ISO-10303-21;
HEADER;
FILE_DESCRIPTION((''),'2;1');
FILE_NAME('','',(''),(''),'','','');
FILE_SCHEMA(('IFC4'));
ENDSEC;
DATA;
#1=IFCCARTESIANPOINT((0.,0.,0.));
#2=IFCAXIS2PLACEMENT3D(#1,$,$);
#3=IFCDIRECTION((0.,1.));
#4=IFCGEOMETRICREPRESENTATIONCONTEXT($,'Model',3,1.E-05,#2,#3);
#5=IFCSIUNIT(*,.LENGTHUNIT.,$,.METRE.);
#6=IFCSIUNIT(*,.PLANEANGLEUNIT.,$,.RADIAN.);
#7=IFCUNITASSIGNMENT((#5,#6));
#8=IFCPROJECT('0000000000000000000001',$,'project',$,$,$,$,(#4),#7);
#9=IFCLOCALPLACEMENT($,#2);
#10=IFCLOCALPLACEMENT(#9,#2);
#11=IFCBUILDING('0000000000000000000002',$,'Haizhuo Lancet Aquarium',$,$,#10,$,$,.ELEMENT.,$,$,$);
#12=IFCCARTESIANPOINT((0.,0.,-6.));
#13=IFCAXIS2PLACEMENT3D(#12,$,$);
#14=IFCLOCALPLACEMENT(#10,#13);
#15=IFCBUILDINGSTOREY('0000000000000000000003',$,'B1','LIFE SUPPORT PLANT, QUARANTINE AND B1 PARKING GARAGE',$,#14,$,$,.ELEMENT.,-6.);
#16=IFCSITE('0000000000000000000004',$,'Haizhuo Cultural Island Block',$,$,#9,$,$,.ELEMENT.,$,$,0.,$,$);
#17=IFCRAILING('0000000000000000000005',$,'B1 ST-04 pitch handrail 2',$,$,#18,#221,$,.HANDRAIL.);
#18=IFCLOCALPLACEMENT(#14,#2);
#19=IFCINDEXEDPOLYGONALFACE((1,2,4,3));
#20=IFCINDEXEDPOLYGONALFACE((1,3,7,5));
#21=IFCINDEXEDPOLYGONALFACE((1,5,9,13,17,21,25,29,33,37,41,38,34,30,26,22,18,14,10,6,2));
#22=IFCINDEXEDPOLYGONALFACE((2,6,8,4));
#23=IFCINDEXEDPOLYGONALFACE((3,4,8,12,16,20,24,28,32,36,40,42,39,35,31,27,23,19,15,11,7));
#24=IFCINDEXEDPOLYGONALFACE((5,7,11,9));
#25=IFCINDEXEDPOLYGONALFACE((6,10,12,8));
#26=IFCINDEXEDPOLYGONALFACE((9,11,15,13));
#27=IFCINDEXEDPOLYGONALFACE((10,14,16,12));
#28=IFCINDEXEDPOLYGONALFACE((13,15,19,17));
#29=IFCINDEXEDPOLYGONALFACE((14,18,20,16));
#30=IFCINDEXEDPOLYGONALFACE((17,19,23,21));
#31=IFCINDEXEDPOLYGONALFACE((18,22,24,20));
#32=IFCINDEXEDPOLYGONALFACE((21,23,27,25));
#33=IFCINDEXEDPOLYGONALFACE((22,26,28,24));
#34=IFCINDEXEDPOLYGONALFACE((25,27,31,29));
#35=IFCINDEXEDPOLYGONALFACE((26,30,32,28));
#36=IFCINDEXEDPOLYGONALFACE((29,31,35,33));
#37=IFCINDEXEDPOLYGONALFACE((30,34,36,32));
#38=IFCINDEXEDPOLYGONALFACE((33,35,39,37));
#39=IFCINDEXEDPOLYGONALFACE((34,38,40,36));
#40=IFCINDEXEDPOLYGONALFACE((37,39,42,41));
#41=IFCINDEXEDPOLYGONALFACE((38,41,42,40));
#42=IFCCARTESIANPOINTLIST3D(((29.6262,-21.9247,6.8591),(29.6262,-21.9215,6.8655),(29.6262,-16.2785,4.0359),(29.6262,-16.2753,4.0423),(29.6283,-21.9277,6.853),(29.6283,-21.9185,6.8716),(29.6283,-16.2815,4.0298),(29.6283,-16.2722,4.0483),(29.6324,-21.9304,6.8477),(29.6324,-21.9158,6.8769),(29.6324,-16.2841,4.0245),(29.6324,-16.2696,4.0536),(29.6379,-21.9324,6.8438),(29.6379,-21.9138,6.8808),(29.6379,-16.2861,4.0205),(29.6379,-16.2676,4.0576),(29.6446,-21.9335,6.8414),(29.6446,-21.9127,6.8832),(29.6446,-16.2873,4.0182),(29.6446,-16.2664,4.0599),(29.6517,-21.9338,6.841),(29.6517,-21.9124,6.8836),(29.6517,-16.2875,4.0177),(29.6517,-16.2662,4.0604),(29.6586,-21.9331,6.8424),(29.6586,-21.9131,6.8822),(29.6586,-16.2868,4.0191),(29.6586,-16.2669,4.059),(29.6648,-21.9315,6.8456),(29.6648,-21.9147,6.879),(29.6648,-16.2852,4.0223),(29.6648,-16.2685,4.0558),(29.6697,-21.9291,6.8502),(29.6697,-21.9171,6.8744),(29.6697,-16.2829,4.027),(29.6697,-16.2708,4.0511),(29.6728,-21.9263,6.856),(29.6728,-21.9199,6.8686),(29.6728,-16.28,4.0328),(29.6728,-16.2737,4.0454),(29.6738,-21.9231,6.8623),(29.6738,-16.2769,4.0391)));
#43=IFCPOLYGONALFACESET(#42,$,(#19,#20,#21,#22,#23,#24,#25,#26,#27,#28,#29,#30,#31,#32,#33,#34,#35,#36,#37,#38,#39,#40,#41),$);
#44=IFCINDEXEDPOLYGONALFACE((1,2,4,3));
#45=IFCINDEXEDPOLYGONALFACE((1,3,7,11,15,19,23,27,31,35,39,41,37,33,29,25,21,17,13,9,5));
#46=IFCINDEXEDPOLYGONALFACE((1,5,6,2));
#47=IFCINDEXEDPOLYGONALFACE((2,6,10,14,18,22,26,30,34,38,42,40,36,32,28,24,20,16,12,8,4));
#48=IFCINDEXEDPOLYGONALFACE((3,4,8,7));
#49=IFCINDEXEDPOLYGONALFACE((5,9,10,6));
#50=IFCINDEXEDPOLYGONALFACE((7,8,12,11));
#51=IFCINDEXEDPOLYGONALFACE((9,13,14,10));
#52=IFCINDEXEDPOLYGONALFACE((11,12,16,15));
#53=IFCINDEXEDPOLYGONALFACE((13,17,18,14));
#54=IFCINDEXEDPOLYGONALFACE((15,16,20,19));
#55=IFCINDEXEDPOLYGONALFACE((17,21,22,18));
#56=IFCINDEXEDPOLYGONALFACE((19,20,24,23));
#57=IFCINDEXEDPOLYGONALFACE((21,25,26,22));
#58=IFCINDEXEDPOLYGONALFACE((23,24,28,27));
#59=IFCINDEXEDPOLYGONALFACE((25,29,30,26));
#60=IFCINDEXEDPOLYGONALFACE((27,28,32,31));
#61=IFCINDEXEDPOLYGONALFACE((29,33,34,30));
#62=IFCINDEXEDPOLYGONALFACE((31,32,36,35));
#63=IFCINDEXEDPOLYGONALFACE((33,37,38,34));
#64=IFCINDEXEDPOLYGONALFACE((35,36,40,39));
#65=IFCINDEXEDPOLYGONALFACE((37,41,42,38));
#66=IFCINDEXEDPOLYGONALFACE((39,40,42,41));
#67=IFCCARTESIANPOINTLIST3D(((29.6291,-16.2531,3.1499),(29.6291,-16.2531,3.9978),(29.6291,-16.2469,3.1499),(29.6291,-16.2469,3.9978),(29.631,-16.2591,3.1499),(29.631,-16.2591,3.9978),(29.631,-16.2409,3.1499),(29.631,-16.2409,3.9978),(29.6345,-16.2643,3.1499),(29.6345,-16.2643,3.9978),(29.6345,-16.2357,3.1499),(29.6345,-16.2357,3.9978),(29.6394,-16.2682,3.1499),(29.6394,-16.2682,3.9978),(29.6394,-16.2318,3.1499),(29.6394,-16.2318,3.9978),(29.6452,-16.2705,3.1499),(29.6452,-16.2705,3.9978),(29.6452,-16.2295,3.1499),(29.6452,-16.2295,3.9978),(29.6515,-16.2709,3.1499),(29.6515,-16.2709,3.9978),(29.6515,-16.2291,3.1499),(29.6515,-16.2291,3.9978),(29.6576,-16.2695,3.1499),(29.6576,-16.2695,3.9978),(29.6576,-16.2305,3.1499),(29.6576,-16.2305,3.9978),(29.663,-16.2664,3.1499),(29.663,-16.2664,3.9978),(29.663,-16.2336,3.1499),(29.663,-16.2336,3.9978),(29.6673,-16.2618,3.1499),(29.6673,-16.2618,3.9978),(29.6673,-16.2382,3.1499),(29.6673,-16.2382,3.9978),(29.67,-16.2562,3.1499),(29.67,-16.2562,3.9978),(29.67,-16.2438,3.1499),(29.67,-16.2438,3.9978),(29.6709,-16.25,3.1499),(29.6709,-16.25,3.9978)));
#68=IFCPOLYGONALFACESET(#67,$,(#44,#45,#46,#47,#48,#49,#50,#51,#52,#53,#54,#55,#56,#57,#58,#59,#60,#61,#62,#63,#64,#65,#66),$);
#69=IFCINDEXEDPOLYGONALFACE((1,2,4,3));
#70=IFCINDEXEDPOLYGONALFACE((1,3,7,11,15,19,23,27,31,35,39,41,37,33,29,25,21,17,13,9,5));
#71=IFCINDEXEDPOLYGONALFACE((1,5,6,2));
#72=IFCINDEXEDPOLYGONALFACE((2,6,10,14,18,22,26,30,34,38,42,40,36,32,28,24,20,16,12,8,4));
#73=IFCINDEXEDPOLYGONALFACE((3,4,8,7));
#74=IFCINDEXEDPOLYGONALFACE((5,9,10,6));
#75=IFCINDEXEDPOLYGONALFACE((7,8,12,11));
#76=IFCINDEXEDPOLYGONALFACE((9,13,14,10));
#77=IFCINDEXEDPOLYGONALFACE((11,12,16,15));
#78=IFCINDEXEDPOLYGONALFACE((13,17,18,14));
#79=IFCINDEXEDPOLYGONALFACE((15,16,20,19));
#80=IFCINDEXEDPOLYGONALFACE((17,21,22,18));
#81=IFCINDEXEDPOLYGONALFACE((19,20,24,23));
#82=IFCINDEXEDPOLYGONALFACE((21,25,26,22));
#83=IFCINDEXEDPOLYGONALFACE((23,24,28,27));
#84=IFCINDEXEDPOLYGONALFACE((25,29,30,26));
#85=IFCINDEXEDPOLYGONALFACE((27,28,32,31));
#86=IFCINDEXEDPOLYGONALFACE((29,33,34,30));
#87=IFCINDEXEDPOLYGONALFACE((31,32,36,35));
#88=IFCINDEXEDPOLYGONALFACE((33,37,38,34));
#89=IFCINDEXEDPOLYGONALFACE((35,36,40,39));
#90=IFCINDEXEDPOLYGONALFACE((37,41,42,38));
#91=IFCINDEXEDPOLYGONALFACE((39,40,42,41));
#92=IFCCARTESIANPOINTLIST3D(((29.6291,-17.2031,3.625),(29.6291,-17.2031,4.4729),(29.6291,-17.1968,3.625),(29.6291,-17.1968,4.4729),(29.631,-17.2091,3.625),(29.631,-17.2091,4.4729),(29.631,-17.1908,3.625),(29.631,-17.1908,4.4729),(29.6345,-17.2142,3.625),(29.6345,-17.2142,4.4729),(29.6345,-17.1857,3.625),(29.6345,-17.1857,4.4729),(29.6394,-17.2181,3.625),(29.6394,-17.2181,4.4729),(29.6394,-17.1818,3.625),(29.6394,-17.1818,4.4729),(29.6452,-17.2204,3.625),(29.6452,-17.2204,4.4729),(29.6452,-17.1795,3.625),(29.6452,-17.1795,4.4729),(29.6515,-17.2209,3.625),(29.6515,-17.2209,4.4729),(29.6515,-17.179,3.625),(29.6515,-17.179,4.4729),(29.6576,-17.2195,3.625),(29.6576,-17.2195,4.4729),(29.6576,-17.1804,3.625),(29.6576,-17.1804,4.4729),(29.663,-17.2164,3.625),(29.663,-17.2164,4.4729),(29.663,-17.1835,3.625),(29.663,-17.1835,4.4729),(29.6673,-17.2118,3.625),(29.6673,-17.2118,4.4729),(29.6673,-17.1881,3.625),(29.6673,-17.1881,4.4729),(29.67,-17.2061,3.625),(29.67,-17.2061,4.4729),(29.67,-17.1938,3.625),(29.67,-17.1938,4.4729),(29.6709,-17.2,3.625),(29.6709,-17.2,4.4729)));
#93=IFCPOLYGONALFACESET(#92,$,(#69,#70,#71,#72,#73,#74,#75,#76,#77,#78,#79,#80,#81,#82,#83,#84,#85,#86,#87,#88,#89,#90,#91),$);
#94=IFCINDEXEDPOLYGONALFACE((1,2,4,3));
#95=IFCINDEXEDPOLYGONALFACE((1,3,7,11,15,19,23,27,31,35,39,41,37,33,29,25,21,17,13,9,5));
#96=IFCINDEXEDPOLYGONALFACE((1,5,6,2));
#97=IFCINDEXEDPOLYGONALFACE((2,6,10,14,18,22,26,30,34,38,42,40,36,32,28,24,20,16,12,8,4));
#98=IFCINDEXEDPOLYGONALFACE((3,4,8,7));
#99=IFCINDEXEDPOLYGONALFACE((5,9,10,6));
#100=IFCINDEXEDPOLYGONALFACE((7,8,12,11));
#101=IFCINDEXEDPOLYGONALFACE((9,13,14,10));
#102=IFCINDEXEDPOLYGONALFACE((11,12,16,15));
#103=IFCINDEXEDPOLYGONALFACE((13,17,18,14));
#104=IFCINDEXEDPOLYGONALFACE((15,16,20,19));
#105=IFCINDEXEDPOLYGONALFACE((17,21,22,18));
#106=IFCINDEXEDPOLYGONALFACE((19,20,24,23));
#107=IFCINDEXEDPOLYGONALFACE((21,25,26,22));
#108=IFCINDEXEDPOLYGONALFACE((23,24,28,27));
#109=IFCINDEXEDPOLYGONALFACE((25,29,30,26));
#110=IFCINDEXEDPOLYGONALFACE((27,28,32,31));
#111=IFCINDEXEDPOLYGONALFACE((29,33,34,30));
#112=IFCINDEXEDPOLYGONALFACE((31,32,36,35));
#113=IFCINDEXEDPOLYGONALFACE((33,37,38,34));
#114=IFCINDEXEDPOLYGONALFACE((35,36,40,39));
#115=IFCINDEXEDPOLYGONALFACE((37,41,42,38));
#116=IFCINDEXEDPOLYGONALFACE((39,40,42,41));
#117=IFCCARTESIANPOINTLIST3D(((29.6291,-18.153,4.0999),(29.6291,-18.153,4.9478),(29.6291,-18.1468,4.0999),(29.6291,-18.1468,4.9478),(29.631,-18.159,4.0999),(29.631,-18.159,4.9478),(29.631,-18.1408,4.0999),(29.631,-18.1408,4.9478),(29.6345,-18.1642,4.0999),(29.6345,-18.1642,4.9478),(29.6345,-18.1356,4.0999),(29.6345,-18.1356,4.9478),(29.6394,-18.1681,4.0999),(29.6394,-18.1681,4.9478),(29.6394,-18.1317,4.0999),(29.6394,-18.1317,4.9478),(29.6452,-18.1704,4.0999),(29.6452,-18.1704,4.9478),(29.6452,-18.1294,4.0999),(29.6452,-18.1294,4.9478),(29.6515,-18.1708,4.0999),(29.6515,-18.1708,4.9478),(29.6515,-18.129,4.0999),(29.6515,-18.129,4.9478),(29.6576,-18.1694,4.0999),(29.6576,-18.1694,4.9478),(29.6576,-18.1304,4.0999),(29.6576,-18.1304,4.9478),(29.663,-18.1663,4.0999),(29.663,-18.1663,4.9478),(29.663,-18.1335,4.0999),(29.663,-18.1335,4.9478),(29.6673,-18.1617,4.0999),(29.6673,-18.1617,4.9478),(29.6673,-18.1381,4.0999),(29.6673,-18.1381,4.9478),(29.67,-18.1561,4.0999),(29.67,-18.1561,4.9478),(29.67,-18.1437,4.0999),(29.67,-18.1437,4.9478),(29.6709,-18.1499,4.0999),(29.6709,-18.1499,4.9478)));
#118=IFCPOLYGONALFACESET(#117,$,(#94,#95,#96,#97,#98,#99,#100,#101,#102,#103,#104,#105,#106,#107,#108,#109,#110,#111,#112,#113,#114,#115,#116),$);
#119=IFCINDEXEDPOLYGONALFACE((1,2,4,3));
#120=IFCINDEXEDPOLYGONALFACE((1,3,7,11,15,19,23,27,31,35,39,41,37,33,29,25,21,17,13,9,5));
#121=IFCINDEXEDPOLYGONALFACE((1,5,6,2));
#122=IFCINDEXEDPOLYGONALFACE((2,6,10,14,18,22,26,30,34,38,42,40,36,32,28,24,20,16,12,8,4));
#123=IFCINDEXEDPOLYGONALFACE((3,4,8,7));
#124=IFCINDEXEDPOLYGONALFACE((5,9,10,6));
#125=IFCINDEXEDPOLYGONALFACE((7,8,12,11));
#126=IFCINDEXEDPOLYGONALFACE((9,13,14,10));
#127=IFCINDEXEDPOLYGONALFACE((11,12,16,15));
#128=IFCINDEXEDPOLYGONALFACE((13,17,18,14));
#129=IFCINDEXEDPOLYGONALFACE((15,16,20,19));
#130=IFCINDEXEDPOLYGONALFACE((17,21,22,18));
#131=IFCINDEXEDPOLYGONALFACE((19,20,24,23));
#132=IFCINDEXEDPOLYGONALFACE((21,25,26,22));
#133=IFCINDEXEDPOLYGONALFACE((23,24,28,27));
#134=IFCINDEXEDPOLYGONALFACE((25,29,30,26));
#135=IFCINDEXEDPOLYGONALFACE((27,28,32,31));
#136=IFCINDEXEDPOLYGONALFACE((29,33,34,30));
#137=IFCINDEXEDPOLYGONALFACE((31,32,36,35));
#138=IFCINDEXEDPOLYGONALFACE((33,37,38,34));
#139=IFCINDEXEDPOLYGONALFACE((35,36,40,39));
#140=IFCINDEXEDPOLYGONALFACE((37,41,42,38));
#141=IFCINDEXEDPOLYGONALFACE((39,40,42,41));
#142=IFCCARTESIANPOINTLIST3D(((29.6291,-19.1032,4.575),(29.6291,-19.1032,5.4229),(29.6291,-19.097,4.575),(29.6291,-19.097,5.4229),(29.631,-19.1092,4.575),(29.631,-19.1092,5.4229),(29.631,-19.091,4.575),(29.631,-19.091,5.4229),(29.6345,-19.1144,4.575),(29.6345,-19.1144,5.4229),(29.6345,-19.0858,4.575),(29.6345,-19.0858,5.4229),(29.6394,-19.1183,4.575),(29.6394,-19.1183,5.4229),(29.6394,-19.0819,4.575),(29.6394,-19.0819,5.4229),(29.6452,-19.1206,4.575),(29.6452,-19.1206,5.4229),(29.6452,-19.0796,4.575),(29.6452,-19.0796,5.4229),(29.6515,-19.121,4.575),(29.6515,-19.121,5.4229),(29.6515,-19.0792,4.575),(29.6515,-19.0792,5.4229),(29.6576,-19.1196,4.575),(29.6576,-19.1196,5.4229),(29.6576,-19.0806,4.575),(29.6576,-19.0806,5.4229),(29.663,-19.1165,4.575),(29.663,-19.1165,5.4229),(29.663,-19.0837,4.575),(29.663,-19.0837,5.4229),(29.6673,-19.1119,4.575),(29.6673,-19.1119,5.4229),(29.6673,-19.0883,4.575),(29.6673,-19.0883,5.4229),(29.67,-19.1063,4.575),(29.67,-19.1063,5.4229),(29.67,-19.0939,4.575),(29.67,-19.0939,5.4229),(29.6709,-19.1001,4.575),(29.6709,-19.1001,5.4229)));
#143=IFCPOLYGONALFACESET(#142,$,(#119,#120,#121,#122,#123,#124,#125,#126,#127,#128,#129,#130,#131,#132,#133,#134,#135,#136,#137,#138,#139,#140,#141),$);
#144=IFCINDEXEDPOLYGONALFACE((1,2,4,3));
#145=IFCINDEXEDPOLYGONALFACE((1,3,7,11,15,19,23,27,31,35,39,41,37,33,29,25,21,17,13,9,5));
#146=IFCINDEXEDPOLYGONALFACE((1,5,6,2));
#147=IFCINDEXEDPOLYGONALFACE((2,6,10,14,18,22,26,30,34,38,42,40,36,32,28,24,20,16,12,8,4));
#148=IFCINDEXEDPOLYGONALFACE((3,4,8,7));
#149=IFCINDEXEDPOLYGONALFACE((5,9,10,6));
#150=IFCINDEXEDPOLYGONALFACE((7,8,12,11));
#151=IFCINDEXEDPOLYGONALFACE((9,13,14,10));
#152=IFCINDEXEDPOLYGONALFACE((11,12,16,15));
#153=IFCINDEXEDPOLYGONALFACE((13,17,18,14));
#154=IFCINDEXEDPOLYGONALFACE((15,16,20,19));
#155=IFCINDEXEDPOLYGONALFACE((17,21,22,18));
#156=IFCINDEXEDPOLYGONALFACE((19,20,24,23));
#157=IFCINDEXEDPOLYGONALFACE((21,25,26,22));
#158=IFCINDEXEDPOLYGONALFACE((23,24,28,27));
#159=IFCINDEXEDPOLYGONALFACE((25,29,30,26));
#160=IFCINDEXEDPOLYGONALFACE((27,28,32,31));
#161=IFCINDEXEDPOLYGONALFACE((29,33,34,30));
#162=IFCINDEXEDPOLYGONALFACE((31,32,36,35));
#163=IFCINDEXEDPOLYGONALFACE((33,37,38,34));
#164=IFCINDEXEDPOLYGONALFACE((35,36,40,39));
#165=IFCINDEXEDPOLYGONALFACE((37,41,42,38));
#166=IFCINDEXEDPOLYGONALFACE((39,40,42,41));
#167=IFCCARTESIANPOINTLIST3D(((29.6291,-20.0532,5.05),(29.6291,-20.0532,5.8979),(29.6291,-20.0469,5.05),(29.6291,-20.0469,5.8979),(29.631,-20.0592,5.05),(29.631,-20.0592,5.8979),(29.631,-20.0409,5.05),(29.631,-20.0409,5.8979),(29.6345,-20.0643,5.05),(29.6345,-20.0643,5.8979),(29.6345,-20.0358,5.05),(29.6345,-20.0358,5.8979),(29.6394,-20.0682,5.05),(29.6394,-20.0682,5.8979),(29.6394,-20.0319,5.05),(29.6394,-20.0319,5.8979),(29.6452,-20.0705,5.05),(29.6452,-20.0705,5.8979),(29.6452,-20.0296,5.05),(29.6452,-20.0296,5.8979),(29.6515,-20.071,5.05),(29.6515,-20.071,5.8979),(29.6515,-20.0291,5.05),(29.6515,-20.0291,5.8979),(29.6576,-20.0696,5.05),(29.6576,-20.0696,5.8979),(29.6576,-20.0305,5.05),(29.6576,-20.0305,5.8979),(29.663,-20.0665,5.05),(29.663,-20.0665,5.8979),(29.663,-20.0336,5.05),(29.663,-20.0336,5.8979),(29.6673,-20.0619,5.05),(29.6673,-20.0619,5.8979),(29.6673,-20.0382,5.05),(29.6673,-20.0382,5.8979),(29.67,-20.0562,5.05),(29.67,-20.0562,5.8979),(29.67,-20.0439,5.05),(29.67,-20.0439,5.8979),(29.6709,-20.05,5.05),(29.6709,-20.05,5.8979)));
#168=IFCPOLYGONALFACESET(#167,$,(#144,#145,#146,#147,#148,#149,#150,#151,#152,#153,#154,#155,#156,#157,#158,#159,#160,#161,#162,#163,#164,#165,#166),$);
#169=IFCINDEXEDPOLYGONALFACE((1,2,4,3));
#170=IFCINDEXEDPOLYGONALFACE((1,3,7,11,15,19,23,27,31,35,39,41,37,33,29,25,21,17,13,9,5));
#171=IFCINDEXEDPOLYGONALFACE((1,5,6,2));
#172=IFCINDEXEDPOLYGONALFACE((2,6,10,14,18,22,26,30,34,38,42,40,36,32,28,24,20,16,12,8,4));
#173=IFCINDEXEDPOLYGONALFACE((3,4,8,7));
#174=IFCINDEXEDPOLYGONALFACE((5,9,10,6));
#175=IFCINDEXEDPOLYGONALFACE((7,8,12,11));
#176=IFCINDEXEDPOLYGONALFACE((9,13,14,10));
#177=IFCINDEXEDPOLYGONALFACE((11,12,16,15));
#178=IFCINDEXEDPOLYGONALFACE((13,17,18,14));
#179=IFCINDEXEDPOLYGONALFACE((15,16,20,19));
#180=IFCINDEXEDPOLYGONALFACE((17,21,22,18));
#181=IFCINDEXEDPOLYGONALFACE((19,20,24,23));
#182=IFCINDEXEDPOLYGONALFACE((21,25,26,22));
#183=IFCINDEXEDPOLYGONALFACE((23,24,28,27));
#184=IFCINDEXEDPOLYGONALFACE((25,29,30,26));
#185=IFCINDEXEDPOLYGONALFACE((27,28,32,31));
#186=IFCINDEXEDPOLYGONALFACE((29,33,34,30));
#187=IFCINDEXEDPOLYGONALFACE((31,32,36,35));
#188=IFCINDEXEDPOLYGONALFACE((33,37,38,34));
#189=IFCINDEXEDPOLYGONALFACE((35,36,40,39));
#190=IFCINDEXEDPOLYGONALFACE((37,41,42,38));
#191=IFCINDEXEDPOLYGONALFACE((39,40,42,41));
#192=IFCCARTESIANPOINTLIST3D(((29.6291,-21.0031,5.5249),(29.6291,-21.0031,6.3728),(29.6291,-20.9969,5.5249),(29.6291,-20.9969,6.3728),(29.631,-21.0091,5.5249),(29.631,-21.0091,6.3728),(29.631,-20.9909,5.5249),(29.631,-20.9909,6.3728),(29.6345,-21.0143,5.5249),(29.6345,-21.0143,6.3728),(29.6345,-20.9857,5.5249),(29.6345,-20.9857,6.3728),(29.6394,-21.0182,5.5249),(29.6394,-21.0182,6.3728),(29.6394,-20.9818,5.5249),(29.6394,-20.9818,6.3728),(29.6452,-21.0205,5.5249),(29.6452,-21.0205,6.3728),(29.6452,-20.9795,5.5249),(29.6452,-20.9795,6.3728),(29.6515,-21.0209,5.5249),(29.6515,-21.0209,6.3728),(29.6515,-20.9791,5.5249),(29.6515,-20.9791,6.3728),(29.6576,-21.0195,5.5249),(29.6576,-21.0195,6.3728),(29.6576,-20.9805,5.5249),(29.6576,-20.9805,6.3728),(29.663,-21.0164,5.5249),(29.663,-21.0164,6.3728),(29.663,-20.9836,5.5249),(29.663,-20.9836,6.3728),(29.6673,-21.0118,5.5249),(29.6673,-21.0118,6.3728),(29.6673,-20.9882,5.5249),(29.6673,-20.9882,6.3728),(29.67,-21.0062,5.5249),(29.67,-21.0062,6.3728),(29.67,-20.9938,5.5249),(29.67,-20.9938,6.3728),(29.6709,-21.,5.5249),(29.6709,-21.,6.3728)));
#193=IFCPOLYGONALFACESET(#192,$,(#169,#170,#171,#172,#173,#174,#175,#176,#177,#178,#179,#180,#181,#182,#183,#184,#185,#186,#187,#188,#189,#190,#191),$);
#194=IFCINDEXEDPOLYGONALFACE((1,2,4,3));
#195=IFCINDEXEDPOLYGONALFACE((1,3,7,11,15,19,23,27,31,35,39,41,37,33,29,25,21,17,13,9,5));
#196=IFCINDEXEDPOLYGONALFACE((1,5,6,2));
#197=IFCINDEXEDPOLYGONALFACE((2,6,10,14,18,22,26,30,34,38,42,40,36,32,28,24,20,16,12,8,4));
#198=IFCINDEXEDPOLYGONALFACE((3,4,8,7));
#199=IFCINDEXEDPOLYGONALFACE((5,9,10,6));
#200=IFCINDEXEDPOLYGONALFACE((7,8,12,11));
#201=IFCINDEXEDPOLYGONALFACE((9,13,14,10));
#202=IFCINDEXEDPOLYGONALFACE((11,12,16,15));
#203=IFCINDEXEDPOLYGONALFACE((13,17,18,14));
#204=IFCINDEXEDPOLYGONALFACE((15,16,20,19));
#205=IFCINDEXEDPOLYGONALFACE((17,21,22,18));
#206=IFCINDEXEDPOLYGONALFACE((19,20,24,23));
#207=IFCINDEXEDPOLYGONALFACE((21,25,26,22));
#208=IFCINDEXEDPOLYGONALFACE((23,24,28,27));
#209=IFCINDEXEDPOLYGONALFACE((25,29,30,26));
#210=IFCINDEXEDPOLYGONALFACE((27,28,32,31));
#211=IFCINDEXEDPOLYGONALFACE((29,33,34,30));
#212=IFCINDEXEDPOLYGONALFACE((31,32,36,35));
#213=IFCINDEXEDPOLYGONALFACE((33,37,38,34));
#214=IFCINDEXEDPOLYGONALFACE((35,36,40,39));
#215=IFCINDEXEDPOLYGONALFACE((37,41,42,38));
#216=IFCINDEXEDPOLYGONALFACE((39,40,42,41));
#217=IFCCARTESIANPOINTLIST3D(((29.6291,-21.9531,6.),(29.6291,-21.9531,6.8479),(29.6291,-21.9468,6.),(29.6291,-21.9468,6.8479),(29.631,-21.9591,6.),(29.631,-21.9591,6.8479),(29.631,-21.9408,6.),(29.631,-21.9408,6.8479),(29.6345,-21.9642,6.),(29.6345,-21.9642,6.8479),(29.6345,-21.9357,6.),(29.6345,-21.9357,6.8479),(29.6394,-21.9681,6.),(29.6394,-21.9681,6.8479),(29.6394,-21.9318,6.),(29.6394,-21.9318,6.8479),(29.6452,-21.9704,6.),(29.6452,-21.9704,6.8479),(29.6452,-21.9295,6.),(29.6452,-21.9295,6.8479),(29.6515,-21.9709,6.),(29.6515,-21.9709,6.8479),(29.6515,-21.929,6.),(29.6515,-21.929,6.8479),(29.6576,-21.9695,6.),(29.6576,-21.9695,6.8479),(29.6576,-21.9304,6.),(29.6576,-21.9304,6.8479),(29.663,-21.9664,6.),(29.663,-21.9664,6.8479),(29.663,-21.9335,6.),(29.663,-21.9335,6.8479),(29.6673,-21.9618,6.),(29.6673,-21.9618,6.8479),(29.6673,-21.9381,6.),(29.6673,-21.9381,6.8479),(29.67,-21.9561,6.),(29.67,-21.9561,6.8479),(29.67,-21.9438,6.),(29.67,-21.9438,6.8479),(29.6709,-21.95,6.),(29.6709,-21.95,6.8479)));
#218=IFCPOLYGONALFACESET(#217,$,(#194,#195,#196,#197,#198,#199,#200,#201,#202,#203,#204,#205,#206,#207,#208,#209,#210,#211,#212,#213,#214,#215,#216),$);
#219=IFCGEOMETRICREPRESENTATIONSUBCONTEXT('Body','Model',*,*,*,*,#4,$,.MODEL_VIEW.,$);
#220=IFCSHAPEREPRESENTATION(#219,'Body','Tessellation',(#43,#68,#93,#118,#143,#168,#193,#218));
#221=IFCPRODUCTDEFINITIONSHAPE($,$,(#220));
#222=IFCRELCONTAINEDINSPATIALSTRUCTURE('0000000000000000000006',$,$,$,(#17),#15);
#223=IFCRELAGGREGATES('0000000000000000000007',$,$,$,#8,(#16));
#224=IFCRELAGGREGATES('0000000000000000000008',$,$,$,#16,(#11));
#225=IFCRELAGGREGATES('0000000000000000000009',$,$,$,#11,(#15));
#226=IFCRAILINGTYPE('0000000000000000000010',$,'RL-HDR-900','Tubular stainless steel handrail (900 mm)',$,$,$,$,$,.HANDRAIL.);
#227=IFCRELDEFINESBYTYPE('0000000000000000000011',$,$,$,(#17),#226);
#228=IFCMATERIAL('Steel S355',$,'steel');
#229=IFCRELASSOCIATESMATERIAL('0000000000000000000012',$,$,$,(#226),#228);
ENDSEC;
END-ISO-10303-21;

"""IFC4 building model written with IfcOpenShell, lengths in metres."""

from ifc_helpers import new_model, si_unit, direction, frame, origin, origin_2d, place, context, subcontext, project, spatial, circle, extrude, material, type_object, element, save


model = new_model("IFC4")

# Units and contexts
model_context = context("Model", 3, precision=1e-05, world=origin(), true_north=direction((0.0, 1.0)))
body_context = subcontext(model_context, "Body", "Model", "MODEL_VIEW")
ifc_project = project(units=[si_unit("LENGTHUNIT", "METRE"), si_unit("PLANEANGLEUNIT", "RADIAN")], contexts=[model_context])

# Site, building, storey
site_placement = place(None, origin())
site = spatial("IfcSite", under=ifc_project, at=site_placement, Name="Haizhuo Cultural Island Block", CompositionType="ELEMENT", RefElevation=0.0)
building_placement = place(site_placement, origin())
building = spatial("IfcBuilding", under=site, at=building_placement, Name="Haizhuo Lancet Aquarium", CompositionType="ELEMENT")
storey_placement = place(building_placement, frame((0.0, 0.0, -6.0)))
storey = spatial("IfcBuildingStorey", under=building, at=storey_placement, Name="B1", Description="LIFE SUPPORT PLANT, QUARANTINE AND B1 PARKING GARAGE", CompositionType="ELEMENT", Elevation=-6.0)

# Shared definitions
ifc_material_1 = material(Name="Steel S355", Category="steel")

# Railing
railing_type_1 = type_object("IfcRailingType", Name="RL-HDR-900", Description="Tubular stainless steel handrail (900 mm)", PredefinedType="HANDRAIL", material=ifc_material_1)
railing_1_placement = place(storey_placement, frame((29.6499, -16.25, 3.1499)))
element("IfcRailing", 1, at=railing_1_placement, inside=storey, type_object=railing_type_1, Name="B1 ST-04 pitch handrail 2", PredefinedType="HANDRAIL", context=body_context, shape_type="SweptSolid", body=[
    extrude(circle(Radius=0.0239, at=origin_2d()), frame((0.0, -0.0269, 0.8892), z_axis=(0.0, -0.89442, 0.447229), x_axis=(1.0, 0.0, 0.0)), (0.0, 0.0, 1.0), 6.3127),
    extrude(circle(Radius=0.021, at=origin_2d()), origin(), (0.0, 0.0, 1.0), 0.8479),
    extrude(circle(Radius=0.021, at=origin_2d()), frame((0.0, -0.95, 0.4751)), (0.0, 0.0, 1.0), 0.8479),
    extrude(circle(Radius=0.021, at=origin_2d()), frame((0.0, -1.8999, 0.95)), (0.0, 0.0, 1.0), 0.8479),
    extrude(circle(Radius=0.021, at=origin_2d()), frame((0.0, -2.8501, 1.425)), (0.0, 0.0, 1.0), 0.8479),
    extrude(circle(Radius=0.021, at=origin_2d()), frame((0.0, -3.8, 1.9001)), (0.0, 0.0, 1.0), 0.8479),
    extrude(circle(Radius=0.021, at=origin_2d()), frame((0.0, -4.75, 2.375)), (0.0, 0.0, 1.0), 0.8479),
    extrude(circle(Radius=0.021, at=origin_2d()), frame((0.0, -5.7, 2.8501)), (0.0, 0.0, 1.0), 0.8479),
])

save(model, "model.ifc")
